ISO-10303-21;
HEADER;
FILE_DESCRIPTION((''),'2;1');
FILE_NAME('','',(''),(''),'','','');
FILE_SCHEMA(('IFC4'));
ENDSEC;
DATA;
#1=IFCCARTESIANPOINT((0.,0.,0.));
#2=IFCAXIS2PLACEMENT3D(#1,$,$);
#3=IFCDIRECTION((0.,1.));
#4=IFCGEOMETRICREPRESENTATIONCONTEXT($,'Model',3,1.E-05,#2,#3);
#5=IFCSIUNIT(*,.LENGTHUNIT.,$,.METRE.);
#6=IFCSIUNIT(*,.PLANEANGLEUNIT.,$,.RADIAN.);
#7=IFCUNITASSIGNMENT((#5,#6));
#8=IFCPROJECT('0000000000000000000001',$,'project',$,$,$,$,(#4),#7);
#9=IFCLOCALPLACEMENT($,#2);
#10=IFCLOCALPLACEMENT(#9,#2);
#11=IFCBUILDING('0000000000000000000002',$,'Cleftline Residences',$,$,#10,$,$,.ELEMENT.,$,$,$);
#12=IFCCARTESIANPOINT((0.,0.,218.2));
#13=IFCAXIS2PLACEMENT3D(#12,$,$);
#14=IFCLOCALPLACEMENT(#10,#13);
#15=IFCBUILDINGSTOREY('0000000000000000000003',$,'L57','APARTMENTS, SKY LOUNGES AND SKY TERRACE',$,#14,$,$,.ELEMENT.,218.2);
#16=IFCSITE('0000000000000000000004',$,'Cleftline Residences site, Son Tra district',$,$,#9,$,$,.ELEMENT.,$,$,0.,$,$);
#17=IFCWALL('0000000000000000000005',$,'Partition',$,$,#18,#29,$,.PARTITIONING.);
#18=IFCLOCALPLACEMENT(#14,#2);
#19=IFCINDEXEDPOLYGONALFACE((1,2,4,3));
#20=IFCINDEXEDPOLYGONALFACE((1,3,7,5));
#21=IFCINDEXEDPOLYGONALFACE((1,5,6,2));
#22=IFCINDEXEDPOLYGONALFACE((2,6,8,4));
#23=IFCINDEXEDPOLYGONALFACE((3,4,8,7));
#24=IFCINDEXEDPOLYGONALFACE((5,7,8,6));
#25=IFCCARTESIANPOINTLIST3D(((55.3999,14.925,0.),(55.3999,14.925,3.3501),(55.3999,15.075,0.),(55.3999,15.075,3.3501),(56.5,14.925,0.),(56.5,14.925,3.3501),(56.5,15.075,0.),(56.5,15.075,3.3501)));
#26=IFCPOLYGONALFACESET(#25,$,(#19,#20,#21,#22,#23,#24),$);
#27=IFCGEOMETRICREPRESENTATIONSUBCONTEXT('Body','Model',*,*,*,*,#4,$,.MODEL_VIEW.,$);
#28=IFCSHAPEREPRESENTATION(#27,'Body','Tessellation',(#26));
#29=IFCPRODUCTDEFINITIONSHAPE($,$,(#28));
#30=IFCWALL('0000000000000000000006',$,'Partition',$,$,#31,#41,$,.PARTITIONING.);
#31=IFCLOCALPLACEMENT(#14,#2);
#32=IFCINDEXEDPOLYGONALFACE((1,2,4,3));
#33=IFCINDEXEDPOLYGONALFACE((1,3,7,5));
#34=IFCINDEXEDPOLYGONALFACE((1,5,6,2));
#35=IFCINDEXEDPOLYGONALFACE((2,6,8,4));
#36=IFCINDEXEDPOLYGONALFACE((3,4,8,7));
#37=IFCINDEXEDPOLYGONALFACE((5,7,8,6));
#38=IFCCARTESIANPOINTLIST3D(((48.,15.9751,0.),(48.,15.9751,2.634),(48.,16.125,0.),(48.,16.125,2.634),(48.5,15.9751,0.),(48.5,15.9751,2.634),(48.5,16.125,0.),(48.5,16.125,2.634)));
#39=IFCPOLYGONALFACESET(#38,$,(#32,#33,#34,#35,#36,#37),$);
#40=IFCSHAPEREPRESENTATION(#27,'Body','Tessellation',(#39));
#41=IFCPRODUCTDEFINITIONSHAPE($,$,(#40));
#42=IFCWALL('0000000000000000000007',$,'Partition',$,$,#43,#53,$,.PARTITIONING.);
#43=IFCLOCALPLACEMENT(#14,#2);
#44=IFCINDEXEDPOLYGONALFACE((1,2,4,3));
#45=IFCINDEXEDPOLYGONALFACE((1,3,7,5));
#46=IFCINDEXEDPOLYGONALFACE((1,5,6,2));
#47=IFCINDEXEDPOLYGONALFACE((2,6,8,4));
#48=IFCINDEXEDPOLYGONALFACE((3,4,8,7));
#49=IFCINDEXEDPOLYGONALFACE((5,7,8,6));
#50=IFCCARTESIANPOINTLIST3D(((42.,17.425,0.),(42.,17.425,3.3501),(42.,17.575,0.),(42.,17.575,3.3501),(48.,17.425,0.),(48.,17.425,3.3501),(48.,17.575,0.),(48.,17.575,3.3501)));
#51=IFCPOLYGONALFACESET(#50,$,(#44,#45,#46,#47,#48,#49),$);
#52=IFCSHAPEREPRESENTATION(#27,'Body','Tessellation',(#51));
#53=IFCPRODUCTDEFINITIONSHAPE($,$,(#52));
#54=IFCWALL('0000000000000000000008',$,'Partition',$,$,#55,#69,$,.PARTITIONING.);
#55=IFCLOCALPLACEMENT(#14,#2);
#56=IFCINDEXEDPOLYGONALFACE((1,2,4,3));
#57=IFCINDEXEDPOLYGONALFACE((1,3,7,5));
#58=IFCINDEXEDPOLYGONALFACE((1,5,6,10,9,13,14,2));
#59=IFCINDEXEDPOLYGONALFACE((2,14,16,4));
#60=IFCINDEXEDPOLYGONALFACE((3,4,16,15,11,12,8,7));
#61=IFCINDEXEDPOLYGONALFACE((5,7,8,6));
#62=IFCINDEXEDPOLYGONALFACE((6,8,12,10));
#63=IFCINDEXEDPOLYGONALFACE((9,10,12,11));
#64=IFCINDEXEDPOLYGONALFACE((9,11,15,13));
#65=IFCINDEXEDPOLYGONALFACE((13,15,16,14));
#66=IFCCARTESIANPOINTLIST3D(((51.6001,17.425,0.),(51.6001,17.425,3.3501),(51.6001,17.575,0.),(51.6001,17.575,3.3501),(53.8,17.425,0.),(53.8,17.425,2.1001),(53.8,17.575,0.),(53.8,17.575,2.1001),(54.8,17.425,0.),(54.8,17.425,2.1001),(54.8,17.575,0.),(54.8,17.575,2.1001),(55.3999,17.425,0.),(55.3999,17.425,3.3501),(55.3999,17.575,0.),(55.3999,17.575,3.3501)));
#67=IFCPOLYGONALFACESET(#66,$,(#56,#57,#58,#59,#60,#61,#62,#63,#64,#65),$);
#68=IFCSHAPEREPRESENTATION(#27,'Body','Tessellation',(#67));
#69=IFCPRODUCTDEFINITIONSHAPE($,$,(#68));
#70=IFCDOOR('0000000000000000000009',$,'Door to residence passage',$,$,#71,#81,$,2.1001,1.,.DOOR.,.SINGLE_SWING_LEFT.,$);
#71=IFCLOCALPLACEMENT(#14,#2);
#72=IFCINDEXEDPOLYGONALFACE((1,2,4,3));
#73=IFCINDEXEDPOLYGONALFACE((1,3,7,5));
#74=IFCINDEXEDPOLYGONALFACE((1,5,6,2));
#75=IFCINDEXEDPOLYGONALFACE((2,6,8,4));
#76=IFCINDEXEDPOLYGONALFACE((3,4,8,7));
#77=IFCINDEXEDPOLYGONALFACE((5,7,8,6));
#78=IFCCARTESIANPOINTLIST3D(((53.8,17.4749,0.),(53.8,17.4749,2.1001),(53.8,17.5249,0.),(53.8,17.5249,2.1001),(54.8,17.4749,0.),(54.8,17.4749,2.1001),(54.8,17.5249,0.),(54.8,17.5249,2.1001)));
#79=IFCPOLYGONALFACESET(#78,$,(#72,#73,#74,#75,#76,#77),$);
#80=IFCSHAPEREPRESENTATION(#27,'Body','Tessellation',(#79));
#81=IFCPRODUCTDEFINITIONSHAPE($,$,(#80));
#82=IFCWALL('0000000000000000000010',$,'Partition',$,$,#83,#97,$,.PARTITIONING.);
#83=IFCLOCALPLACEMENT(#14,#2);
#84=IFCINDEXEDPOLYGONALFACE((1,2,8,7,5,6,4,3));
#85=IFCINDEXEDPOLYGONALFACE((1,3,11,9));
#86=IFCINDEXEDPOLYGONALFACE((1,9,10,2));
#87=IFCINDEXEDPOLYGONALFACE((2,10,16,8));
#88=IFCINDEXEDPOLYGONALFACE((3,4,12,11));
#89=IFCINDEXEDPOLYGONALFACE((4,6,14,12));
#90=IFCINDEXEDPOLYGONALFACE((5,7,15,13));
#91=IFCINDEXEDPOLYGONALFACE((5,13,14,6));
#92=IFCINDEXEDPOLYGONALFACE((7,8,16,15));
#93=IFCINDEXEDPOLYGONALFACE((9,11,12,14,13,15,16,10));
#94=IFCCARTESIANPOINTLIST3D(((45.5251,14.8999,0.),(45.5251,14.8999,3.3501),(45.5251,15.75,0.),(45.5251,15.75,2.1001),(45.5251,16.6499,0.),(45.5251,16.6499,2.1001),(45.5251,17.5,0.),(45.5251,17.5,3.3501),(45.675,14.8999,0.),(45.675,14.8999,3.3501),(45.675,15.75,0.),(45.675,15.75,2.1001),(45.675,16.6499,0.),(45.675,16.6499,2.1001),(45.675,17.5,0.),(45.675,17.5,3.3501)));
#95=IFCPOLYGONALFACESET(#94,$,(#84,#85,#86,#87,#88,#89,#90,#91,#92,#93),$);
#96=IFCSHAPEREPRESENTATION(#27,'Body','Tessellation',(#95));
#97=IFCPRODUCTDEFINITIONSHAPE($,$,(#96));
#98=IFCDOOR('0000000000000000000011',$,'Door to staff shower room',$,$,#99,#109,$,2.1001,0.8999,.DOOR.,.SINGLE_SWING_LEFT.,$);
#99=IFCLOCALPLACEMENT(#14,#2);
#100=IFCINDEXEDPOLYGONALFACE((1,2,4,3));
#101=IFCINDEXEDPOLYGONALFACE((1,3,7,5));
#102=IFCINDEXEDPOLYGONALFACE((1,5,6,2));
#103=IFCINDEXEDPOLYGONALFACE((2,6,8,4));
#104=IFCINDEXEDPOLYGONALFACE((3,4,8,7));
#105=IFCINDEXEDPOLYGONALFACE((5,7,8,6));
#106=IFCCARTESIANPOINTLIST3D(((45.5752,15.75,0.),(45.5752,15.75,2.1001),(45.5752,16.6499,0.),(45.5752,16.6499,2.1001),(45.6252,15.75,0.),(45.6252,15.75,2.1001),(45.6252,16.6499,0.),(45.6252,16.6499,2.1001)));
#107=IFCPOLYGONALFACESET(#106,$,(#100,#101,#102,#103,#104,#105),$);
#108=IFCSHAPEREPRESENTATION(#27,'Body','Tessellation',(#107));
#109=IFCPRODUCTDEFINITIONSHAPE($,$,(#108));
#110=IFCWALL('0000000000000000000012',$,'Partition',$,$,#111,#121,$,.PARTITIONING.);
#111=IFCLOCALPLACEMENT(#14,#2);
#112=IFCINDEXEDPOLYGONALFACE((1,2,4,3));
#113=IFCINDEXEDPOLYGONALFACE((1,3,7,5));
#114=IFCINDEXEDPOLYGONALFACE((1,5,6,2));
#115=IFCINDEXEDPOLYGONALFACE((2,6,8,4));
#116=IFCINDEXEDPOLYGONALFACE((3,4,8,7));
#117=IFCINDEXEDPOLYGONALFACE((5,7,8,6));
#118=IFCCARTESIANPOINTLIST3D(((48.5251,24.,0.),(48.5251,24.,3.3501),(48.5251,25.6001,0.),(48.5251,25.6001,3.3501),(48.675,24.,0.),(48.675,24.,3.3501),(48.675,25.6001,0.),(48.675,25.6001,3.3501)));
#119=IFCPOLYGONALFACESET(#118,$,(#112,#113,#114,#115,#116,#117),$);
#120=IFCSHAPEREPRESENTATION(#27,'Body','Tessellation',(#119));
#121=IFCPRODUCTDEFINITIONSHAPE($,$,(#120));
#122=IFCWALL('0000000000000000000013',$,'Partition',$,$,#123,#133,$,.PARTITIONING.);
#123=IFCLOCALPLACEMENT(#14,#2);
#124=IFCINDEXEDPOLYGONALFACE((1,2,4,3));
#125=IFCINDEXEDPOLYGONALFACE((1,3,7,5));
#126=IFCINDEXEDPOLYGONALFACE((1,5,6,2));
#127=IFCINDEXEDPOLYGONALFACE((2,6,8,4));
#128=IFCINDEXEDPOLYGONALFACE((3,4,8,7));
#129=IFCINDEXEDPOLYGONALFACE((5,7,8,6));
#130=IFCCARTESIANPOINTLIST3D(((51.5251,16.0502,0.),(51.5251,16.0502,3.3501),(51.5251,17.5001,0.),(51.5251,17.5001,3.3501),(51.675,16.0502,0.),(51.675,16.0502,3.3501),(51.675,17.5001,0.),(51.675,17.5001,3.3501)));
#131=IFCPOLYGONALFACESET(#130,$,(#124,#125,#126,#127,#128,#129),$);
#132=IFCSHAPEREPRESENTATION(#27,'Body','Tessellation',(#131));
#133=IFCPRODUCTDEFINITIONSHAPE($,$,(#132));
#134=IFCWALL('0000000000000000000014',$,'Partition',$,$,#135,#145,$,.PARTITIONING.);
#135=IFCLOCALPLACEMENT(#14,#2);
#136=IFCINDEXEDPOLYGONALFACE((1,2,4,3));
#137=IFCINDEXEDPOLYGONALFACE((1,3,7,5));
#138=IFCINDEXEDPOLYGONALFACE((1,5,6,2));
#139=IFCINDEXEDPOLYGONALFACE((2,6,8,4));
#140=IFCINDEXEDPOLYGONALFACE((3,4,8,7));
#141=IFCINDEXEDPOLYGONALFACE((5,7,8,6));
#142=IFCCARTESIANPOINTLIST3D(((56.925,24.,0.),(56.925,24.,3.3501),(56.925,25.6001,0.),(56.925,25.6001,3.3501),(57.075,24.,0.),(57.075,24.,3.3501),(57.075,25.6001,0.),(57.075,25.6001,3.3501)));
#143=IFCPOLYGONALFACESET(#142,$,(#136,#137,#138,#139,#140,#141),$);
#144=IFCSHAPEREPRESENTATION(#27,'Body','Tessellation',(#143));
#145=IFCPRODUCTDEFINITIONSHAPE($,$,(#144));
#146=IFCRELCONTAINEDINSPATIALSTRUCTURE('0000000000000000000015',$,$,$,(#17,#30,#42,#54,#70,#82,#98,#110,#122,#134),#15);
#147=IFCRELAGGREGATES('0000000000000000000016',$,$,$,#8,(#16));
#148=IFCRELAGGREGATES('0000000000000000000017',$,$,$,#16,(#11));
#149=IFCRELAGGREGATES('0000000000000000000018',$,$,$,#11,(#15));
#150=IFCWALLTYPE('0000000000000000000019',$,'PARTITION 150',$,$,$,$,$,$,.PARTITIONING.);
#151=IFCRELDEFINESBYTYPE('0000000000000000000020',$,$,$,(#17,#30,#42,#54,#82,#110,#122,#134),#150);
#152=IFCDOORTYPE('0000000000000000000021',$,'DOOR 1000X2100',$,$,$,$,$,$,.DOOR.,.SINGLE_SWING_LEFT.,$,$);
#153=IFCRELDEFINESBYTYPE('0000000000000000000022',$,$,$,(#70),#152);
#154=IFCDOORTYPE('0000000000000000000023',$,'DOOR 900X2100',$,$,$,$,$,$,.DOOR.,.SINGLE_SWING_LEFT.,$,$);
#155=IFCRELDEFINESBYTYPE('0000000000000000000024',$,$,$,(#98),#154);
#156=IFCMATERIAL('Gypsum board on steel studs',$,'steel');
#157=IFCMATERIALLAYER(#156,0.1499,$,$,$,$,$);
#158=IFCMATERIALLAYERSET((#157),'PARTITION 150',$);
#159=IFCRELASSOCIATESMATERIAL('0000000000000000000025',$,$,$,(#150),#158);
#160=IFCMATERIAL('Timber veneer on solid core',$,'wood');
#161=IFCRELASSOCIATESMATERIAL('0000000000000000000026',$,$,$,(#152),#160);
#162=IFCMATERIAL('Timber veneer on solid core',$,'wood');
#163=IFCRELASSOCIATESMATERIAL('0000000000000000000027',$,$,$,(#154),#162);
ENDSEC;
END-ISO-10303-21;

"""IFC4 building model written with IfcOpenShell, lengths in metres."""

from ifc_helpers import new_model, si_unit, direction, frame, frame_2d, origin, place, context, subcontext, project, spatial, rectangle, extrude, material, layer, layer_set, type_object, element, fill, save


model = new_model("IFC4")

# Units and contexts
model_context = context("Model", 3, precision=1e-05, world=origin(), true_north=direction((0.0, 1.0)))
body_context = subcontext(model_context, "Body", "Model", "MODEL_VIEW")
ifc_project = project(units=[si_unit("LENGTHUNIT", "METRE"), si_unit("PLANEANGLEUNIT", "RADIAN")], contexts=[model_context])

# Site, building, storey
site_placement = place(None, origin())
site = spatial("IfcSite", under=ifc_project, at=site_placement, Name="Cleftline Residences site, Son Tra district", CompositionType="ELEMENT", RefElevation=0.0)
building_placement = place(site_placement, origin())
building = spatial("IfcBuilding", under=site, at=building_placement, Name="Cleftline Residences", CompositionType="ELEMENT")
storey_placement = place(building_placement, frame((0.0, 0.0, 218.2)))
storey = spatial("IfcBuildingStorey", under=building, at=storey_placement, Name="L57", Description="APARTMENTS, SKY LOUNGES AND SKY TERRACE", CompositionType="ELEMENT", Elevation=218.2)

# Walls
ifc_material_1 = material(Name="Gypsum board on steel studs", Category="steel")
ifc_layer_1 = layer(ifc_material_1, 0.1499)
ifc_layer_set_1 = layer_set([ifc_layer_1], Name="PARTITION 150")
wall_type_1 = type_object("IfcWallType", Name="PARTITION 150", PredefinedType="PARTITIONING", material=ifc_layer_set_1)
wall_1_placement = place(storey_placement, frame((55.3999, 15.0, 0.0), z_axis=(0.0, 0.0, 1.0), x_axis=(1.0, 0.0, 0.0)))
element("IfcWall", 1, at=wall_1_placement, inside=storey, type_object=wall_type_1, Name="Partition", PredefinedType="PARTITIONING", context=body_context, shape_type="SweptSolid", body=[
    extrude(rectangle(XDim=1.1001, YDim=0.1499, at=frame_2d((0.55, 0.0))), origin(), (0.0, 0.0, 1.0), 3.3501),
])
wall_2_placement = place(storey_placement, frame((48.0, 16.05, 0.0), z_axis=(0.0, 0.0, 1.0), x_axis=(1.0, 0.0, 0.0)))
element("IfcWall", 2, at=wall_2_placement, inside=storey, type_object=wall_type_1, Name="Partition", PredefinedType="PARTITIONING", context=body_context, shape_type="SweptSolid", body=[
    extrude(rectangle(XDim=0.5, YDim=0.1499, at=frame_2d((0.25, 0.0))), origin(), (0.0, 0.0, 1.0), 2.634),
])
wall_3_placement = place(storey_placement, frame((42.0, 17.5, 0.0), z_axis=(0.0, 0.0, 1.0), x_axis=(1.0, 0.0, 0.0)))
element("IfcWall", 3, at=wall_3_placement, inside=storey, type_object=wall_type_1, Name="Partition", PredefinedType="PARTITIONING", context=body_context, shape_type="SweptSolid", body=[
    extrude(rectangle(XDim=6.0, YDim=0.1499, at=frame_2d((3.0, 0.0))), origin(), (0.0, 0.0, 1.0), 3.3501),
])

# Walls, openings, doors
wall_4_placement = place(storey_placement, frame((51.6001, 17.5, 0.0), z_axis=(0.0, 0.0, 1.0), x_axis=(1.0, 0.0, 0.0)))
wall_4 = element("IfcWall", 4, at=wall_4_placement, inside=storey, type_object=wall_type_1, Name="Partition", PredefinedType="PARTITIONING", context=body_context, shape_type="SweptSolid", body=[
    extrude(rectangle(XDim=3.7998, YDim=0.1499, at=frame_2d((1.8999, 0.0))), origin(), (0.0, 0.0, 1.0), 3.3501),
])
opening_1_placement = place(wall_4_placement, frame((2.2, 0.0, 0.0)))
opening_1 = element("IfcOpeningElement", 5, at=opening_1_placement, cuts=wall_4, PredefinedType="OPENING", context=body_context, shape_type="SweptSolid", body=[
    extrude(rectangle(XDim=1.0, YDim=2.1001, at=frame_2d((0.5, 1.05))), frame((0.0, 0.085, 0.0), z_axis=(0.0, -1.0, 0.0), x_axis=(1.0, 0.0, 0.0)), (0.0, 0.0, 1.0), 0.1699),
])
ifc_material_2 = material(Name="Timber veneer on solid core", Category="wood")
door_type_1 = type_object("IfcDoorType", Name="DOOR 1000X2100", OperationType="SINGLE_SWING_LEFT", PredefinedType="DOOR", material=ifc_material_2)
door_1_placement = place(opening_1_placement, origin())
door_1 = element("IfcDoor", 6, at=door_1_placement, inside=storey, type_object=door_type_1, Name="Door to residence passage", OperationType="SINGLE_SWING_LEFT", OverallHeight=2.1001, OverallWidth=1.0, PredefinedType="DOOR", context=body_context, shape_type="SweptSolid", body=[
    extrude(rectangle(XDim=1.0, YDim=2.1001, at=frame_2d((0.5, 1.05))), frame((0.0, 0.0249, 0.0), z_axis=(0.0, -1.0, 0.0), x_axis=(1.0, 0.0, 0.0)), (0.0, 0.0, 1.0), 0.05),
])
fill(opening_1, door_1)
wall_5_placement = place(storey_placement, frame((45.6001, 14.8999, 0.0), z_axis=(0.0, 0.0, 1.0), x_axis=(0.0, 1.0, 0.0)))
wall_5 = element("IfcWall", 7, at=wall_5_placement, inside=storey, type_object=wall_type_1, Name="Partition", PredefinedType="PARTITIONING", context=body_context, shape_type="SweptSolid", body=[
    extrude(rectangle(XDim=2.6001, YDim=0.1499, at=frame_2d((1.3, 0.0))), origin(), (0.0, 0.0, 1.0), 3.3501),
])
opening_2_placement = place(wall_5_placement, frame((0.8501, 0.0, 0.0)))
opening_2 = element("IfcOpeningElement", 8, at=opening_2_placement, cuts=wall_5, PredefinedType="OPENING", context=body_context, shape_type="SweptSolid", body=[
    extrude(rectangle(XDim=0.8999, YDim=2.1001, at=frame_2d((0.45, 1.05))), frame((0.0, 0.085, 0.0), z_axis=(0.0, -1.0, 0.0), x_axis=(1.0, 0.0, 0.0)), (0.0, 0.0, 1.0), 0.1699),
])
ifc_material_3 = material(Name="Timber veneer on solid core", Category="wood")
door_type_2 = type_object("IfcDoorType", Name="DOOR 900X2100", OperationType="SINGLE_SWING_LEFT", PredefinedType="DOOR", material=ifc_material_3)
door_2_placement = place(opening_2_placement, origin())
door_2 = element("IfcDoor", 9, at=door_2_placement, inside=storey, type_object=door_type_2, Name="Door to staff shower room", OperationType="SINGLE_SWING_LEFT", OverallHeight=2.1001, OverallWidth=0.8999, PredefinedType="DOOR", context=body_context, shape_type="SweptSolid", body=[
    extrude(rectangle(XDim=0.8999, YDim=2.1001, at=frame_2d((0.45, 1.05))), frame((0.0, 0.0249, 0.0), z_axis=(0.0, -1.0, 0.0), x_axis=(1.0, 0.0, 0.0)), (0.0, 0.0, 1.0), 0.05),
])
fill(opening_2, door_2)

# Walls
wall_6_placement = place(storey_placement, frame((48.6001, 24.0, 0.0), z_axis=(0.0, 0.0, 1.0), x_axis=(0.0, 1.0, 0.0)))
element("IfcWall", 10, at=wall_6_placement, inside=storey, type_object=wall_type_1, Name="Partition", PredefinedType="PARTITIONING", context=body_context, shape_type="SweptSolid", body=[
    extrude(rectangle(XDim=1.6001, YDim=0.1499, at=frame_2d((0.8, 0.0))), origin(), (0.0, 0.0, 1.0), 3.3501),
])
wall_7_placement = place(storey_placement, frame((51.6001, 16.05, 0.0), z_axis=(0.0, 0.0, 1.0), x_axis=(0.0, 1.0, 0.0)))
element("IfcWall", 11, at=wall_7_placement, inside=storey, type_object=wall_type_1, Name="Partition", PredefinedType="PARTITIONING", context=body_context, shape_type="SweptSolid", body=[
    extrude(rectangle(XDim=1.45, YDim=0.1499, at=frame_2d((0.7251, 0.0))), origin(), (0.0, 0.0, 1.0), 3.3501),
])
wall_8_placement = place(storey_placement, frame((57.0, 24.0, 0.0), z_axis=(0.0, 0.0, 1.0), x_axis=(0.0, 1.0, 0.0)))
element("IfcWall", 12, at=wall_8_placement, inside=storey, type_object=wall_type_1, Name="Partition", PredefinedType="PARTITIONING", context=body_context, shape_type="SweptSolid", body=[
    extrude(rectangle(XDim=1.6001, YDim=0.1499, at=frame_2d((0.8, 0.0))), origin(), (0.0, 0.0, 1.0), 3.3501),
])

save(model, "model.ifc")
